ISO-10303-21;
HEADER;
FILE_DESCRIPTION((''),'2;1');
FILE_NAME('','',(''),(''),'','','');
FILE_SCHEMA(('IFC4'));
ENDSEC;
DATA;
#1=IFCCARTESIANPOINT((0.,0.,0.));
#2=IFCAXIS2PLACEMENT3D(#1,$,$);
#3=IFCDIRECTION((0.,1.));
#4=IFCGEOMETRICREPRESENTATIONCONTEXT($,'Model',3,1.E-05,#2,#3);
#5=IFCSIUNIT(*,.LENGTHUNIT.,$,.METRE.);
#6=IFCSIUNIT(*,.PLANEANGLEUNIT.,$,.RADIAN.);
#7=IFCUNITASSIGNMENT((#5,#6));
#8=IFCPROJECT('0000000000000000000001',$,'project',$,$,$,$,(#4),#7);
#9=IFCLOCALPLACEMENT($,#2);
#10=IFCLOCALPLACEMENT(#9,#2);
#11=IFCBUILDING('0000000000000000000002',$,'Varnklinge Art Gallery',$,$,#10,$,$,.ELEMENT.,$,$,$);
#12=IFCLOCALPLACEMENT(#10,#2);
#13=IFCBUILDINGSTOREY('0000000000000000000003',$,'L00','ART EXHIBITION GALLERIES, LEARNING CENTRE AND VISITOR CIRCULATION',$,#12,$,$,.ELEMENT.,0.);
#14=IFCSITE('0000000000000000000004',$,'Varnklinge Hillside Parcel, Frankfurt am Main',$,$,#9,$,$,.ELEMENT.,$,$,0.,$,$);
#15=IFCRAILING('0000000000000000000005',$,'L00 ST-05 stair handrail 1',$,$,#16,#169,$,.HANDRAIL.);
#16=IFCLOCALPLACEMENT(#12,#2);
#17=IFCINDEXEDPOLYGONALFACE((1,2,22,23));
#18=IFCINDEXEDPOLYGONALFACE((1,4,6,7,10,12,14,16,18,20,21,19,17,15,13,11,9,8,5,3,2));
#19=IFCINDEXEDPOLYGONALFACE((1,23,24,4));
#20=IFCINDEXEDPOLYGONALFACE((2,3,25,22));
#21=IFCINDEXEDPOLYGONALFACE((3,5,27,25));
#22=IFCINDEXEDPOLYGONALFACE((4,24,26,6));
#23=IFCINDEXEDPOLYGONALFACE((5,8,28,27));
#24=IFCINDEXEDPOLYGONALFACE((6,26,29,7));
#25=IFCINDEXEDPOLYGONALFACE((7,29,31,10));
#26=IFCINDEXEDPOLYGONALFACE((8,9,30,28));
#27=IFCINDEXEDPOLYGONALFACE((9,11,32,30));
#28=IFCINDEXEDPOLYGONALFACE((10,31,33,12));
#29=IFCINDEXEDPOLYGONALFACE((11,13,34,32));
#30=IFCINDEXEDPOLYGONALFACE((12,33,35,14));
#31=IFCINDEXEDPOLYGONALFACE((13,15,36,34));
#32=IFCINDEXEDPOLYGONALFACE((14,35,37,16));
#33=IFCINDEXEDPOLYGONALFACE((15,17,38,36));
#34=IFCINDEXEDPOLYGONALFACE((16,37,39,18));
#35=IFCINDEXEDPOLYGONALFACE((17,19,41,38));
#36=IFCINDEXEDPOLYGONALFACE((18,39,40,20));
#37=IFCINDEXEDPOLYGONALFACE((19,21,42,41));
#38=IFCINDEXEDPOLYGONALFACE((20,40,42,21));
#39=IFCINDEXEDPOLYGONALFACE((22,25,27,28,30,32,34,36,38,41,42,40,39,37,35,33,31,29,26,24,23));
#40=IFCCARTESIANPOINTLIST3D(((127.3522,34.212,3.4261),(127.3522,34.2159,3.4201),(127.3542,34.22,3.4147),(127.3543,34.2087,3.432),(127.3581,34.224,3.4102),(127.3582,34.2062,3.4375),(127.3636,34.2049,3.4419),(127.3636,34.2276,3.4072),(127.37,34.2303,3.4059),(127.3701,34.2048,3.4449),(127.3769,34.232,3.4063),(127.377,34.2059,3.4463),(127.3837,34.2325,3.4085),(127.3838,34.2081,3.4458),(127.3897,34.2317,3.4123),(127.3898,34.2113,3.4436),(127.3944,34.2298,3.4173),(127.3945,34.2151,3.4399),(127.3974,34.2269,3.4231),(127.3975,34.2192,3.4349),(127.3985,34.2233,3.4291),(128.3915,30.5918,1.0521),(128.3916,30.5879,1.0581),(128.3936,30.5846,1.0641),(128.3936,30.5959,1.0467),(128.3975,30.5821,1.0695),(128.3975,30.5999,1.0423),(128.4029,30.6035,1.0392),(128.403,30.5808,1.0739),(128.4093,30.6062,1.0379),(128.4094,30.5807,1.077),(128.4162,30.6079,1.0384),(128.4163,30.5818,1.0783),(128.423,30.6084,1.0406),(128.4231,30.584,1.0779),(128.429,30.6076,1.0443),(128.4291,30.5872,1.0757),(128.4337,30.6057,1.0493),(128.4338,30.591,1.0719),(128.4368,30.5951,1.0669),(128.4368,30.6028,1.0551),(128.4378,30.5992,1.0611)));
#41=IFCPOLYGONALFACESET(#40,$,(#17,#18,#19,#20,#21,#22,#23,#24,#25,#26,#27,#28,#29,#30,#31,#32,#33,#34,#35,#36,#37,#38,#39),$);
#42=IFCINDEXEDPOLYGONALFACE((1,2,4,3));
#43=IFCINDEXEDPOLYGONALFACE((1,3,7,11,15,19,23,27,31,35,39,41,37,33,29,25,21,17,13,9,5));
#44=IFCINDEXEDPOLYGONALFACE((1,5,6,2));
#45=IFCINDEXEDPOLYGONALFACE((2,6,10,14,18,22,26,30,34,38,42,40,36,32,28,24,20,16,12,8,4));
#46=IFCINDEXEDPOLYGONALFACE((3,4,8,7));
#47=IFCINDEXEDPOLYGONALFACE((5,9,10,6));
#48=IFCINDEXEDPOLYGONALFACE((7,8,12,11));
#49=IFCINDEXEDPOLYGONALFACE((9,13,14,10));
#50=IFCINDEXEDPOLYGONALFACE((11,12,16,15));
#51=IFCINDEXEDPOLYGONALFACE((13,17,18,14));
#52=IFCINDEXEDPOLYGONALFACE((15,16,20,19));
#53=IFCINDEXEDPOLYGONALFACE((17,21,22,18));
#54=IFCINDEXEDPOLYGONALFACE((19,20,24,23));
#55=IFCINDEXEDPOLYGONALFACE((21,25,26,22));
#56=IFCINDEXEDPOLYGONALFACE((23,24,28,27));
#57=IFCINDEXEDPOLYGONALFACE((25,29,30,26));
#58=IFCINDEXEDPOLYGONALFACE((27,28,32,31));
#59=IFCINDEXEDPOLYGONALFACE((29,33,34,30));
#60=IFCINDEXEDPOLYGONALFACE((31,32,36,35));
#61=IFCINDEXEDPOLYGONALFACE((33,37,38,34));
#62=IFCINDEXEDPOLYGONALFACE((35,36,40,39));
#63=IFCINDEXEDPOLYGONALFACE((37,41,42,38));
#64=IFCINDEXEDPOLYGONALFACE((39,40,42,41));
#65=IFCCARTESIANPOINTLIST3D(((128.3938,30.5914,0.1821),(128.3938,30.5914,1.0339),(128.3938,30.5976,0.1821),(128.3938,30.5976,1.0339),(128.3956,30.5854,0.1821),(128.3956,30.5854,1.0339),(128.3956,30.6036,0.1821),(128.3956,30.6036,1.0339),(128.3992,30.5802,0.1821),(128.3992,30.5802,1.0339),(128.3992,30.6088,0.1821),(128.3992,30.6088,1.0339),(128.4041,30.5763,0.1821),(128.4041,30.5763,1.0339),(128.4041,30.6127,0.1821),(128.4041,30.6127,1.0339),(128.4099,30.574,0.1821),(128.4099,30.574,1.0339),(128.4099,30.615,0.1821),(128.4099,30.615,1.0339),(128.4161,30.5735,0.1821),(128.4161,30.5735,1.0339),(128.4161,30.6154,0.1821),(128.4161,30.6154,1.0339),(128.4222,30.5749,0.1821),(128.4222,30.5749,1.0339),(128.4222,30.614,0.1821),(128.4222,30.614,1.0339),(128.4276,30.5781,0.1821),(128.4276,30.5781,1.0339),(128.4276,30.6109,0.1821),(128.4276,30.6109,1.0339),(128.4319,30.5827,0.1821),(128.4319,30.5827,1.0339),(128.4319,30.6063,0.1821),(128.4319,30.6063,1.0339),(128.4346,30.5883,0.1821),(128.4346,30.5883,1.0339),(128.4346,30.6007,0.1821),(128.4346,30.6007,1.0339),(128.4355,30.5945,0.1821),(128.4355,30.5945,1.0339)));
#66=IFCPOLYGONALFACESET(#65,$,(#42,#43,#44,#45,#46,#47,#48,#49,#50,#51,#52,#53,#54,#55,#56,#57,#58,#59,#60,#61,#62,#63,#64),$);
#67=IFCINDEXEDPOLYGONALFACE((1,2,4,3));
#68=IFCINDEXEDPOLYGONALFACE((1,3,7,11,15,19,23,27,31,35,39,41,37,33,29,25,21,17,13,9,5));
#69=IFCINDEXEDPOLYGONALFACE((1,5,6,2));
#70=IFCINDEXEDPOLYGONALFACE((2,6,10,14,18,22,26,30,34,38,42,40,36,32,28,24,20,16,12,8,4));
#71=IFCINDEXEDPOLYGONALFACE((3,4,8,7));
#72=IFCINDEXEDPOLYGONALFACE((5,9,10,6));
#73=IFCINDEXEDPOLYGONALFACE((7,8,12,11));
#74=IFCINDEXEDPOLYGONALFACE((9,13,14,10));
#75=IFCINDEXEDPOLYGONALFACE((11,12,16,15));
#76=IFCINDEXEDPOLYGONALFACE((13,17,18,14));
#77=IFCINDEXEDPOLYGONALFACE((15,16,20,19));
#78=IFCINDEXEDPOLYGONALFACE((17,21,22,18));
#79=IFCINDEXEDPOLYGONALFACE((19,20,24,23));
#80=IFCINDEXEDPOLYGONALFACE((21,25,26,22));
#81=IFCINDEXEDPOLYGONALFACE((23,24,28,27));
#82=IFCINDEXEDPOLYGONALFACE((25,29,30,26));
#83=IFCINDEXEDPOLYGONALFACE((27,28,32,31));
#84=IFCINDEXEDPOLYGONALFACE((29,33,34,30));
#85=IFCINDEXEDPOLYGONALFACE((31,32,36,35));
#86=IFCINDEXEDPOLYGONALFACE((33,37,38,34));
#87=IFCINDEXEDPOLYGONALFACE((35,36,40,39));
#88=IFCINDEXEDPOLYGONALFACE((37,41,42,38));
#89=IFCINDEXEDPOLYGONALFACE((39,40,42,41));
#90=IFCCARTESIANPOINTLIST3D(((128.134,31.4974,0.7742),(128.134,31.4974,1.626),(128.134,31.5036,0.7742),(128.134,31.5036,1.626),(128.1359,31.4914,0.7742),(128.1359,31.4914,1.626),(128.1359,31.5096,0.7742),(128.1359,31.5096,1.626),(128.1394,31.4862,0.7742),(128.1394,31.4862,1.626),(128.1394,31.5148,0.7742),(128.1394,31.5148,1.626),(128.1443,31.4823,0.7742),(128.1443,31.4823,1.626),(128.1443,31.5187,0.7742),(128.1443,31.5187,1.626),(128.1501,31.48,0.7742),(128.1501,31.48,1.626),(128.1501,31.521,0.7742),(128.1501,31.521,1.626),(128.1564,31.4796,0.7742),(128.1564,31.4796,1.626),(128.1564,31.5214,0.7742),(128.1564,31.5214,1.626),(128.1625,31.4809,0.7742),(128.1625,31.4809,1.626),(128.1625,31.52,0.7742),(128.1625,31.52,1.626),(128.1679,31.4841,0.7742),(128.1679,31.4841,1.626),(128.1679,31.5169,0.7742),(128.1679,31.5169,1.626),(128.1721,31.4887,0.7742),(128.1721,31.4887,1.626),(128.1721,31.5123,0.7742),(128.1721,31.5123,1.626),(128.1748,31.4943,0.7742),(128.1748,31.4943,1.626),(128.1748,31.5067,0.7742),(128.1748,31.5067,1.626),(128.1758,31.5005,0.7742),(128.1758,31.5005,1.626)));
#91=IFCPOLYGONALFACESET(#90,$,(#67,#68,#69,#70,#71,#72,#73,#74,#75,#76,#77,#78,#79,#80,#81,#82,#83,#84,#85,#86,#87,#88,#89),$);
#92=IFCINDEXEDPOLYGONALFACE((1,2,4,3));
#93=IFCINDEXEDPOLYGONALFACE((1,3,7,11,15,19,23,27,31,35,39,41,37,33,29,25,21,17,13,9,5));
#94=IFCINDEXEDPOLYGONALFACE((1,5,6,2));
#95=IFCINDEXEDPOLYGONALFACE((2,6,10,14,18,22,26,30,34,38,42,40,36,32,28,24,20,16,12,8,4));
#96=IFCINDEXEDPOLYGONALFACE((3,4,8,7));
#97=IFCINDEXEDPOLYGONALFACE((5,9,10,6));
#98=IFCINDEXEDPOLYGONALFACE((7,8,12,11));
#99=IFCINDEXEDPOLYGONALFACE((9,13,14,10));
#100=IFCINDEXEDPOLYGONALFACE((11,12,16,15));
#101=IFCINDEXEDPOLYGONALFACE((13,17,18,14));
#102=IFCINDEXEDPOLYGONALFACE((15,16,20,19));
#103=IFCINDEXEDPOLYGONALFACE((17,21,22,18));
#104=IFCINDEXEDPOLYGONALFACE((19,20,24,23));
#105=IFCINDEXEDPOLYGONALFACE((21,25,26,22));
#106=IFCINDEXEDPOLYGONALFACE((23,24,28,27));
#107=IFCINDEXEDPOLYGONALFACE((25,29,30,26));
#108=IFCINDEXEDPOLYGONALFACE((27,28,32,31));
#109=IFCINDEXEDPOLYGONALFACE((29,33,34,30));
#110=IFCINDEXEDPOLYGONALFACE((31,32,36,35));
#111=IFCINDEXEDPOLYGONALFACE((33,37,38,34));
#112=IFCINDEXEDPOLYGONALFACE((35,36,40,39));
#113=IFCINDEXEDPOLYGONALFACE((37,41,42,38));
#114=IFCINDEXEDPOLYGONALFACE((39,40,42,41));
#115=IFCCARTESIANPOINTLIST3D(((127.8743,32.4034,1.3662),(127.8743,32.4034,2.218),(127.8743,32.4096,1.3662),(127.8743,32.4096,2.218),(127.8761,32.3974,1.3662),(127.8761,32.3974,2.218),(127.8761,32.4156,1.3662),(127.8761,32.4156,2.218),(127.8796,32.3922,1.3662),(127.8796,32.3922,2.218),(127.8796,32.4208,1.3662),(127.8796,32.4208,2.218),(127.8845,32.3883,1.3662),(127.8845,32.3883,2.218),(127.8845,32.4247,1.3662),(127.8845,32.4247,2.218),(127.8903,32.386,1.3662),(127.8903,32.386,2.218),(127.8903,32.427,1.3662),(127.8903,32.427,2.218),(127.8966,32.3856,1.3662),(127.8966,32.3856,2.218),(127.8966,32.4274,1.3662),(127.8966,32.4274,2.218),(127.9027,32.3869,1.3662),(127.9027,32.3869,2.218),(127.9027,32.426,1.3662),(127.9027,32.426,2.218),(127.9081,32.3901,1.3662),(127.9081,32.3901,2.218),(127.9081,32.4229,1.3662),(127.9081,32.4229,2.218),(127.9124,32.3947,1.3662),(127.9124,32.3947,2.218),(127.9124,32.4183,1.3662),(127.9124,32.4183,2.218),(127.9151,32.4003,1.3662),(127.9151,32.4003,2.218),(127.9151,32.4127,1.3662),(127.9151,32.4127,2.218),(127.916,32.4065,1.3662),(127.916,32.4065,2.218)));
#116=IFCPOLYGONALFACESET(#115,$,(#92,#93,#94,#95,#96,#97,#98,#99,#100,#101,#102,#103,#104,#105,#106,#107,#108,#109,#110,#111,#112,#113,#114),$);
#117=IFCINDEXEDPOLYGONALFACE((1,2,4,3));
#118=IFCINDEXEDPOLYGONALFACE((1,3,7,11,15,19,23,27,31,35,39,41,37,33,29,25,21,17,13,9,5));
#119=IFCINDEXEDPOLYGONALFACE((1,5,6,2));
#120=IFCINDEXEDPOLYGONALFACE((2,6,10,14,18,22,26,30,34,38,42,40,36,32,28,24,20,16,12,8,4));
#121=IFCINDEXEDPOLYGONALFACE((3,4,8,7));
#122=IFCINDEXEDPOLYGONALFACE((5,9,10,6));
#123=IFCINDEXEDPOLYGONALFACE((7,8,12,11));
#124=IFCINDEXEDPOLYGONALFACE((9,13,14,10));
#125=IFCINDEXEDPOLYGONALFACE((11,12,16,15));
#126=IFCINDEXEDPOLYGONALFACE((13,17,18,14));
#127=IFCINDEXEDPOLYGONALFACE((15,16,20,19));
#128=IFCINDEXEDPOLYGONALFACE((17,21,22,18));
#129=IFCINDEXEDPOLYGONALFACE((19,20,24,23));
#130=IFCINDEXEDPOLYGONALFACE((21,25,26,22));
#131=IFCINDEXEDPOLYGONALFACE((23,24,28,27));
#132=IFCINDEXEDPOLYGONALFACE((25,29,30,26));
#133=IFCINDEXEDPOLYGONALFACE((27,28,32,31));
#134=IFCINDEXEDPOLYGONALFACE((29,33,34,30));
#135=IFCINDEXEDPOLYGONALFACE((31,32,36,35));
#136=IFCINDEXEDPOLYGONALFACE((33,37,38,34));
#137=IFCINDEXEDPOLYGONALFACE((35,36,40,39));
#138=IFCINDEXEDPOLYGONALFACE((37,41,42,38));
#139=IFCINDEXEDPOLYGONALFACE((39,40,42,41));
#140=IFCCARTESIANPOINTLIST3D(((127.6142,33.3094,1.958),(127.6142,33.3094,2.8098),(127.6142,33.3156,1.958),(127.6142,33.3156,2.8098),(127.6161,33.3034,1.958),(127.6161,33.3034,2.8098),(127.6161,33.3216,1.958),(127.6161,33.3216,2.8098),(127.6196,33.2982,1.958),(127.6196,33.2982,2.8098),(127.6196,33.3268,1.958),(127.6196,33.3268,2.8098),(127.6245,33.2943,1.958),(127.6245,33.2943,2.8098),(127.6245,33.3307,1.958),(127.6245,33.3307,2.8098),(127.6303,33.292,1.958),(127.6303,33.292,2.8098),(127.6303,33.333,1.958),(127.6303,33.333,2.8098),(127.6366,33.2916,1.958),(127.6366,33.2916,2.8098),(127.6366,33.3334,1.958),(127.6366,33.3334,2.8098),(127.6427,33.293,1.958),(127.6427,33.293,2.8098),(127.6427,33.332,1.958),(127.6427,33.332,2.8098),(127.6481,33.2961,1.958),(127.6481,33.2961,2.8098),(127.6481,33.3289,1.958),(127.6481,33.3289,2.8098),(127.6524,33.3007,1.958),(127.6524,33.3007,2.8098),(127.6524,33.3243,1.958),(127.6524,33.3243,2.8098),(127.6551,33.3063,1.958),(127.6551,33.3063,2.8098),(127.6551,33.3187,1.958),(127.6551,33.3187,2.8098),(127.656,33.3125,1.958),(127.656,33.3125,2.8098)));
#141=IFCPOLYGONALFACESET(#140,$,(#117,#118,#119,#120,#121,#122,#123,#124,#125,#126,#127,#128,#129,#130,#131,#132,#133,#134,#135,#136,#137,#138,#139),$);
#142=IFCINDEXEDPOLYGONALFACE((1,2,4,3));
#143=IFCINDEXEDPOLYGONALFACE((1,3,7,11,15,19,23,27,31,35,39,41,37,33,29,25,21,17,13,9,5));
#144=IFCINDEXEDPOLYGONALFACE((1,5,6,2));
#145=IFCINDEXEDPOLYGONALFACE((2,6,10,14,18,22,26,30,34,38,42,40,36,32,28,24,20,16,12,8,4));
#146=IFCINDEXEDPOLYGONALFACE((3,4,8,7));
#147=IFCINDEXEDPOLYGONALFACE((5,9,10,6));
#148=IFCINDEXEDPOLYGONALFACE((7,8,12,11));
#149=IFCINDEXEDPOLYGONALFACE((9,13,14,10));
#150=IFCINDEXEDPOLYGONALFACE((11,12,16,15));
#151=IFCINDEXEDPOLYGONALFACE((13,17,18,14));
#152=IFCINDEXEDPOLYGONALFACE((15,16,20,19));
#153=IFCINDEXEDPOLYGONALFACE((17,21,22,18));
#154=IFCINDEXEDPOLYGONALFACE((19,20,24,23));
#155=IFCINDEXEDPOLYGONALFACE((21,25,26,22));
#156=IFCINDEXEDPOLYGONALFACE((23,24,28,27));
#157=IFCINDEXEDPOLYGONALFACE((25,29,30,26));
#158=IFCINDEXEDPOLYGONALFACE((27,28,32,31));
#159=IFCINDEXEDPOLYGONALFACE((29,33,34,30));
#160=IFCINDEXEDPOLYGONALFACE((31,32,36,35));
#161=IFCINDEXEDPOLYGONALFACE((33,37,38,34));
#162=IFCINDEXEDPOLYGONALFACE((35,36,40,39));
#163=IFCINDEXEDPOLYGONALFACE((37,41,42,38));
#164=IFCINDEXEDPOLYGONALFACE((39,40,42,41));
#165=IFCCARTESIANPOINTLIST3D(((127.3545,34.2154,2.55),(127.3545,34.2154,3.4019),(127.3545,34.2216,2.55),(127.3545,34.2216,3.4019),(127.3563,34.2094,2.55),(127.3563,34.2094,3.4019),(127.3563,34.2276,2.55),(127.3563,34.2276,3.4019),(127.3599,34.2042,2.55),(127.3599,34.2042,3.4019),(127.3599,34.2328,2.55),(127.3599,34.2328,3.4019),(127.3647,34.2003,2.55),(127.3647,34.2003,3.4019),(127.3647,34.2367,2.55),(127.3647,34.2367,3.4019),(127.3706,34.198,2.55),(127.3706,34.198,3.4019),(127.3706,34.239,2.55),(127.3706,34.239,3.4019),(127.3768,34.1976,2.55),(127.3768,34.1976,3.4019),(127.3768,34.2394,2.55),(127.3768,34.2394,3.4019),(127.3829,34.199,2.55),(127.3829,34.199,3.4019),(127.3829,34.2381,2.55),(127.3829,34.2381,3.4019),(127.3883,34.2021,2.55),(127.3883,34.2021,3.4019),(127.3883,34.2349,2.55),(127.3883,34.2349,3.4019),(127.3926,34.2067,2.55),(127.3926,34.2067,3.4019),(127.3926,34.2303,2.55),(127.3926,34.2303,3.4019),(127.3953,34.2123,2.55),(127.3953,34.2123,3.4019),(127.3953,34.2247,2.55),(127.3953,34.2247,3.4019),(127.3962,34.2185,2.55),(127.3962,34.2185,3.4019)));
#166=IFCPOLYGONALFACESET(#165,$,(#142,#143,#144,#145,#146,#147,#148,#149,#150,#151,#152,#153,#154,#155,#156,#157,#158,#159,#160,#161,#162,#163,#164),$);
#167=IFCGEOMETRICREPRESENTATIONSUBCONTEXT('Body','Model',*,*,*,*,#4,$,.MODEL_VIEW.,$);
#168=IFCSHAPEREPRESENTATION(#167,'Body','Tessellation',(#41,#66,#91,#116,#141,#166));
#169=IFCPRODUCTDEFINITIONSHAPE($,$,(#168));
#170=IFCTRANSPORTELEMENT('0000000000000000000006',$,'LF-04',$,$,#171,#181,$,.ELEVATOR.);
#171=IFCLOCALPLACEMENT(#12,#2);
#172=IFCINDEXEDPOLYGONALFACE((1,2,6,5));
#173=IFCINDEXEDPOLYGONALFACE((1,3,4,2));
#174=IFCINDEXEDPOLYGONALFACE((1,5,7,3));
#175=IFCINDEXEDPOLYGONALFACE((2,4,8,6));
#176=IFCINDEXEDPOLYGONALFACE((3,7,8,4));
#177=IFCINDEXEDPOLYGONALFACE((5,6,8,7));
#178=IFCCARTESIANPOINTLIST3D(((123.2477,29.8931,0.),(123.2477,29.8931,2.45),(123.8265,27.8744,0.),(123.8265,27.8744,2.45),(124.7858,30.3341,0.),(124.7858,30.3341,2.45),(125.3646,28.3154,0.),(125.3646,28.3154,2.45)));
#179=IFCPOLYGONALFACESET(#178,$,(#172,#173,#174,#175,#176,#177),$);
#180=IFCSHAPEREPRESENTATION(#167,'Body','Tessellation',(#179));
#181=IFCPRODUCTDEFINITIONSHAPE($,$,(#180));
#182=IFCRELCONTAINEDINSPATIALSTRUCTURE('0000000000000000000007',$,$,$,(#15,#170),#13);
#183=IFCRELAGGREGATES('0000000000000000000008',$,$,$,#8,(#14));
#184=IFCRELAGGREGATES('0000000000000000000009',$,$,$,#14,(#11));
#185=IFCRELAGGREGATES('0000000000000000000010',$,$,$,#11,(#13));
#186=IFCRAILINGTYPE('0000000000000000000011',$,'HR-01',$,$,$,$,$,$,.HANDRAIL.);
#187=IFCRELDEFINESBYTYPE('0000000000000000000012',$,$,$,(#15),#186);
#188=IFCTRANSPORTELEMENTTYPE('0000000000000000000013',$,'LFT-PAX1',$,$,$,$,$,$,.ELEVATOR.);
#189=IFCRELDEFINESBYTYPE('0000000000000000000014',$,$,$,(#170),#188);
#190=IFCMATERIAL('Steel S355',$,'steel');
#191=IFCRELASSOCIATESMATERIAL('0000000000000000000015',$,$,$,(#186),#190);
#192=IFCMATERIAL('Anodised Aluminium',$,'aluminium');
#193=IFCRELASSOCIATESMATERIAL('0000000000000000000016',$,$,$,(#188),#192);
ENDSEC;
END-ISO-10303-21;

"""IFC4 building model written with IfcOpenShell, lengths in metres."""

from ifc_helpers import new_model, si_unit, direction, frame, origin, origin_2d, place, context, subcontext, project, spatial, rectangle, circle, extrude, material, type_object, element, save


model = new_model("IFC4")

# Units and contexts
model_context = context("Model", 3, precision=1e-05, world=origin(), true_north=direction((0.0, 1.0)))
body_context = subcontext(model_context, "Body", "Model", "MODEL_VIEW")
ifc_project = project(units=[si_unit("LENGTHUNIT", "METRE"), si_unit("PLANEANGLEUNIT", "RADIAN")], contexts=[model_context])

# Site, building, storey
site_placement = place(None, origin())
site = spatial("IfcSite", under=ifc_project, at=site_placement, Name="Varnklinge Hillside Parcel, Frankfurt am Main", CompositionType="ELEMENT", RefElevation=0.0)
building_placement = place(site_placement, origin())
building = spatial("IfcBuilding", under=site, at=building_placement, Name="Varnklinge Art Gallery", CompositionType="ELEMENT")
storey_placement = place(building_placement, origin())
storey = spatial("IfcBuildingStorey", under=building, at=storey_placement, Name="L00", Description="ART EXHIBITION GALLERIES, LEARNING CENTRE AND VISITOR CIRCULATION", CompositionType="ELEMENT", Elevation=0.0)

# Railing
ifc_material_1 = material(Name="Steel S355", Category="steel")
railing_type_1 = type_object("IfcRailingType", Name="HR-01", PredefinedType="HANDRAIL", material=ifc_material_1)
railing_1_placement = place(storey_placement, frame((128.4146, 30.5945, 0.1821)))
element("IfcRailing", 1, at=railing_1_placement, inside=storey, type_object=railing_type_1, Name="L00 ST-05 stair handrail 1", PredefinedType="HANDRAIL", context=body_context, shape_type="SweptSolid", body=[
    extrude(circle(Radius=0.0239, at=origin_2d()), frame((0.0, 0.0, 0.876), z_axis=(-0.233445, 0.814012, 0.531872), x_axis=(-0.961252, -0.27567, 0.0)), (0.0, 0.0, 1.0), 4.4521),
    extrude(circle(Radius=0.021, at=origin_2d()), origin(), (0.0, 0.0, 1.0), 0.8518),
    extrude(circle(Radius=0.021, at=origin_2d()), frame((-0.2598, 0.906, 0.592)), (0.0, 0.0, 1.0), 0.8518),
    extrude(circle(Radius=0.021, at=origin_2d()), frame((-0.5195, 1.812, 1.1841)), (0.0, 0.0, 1.0), 0.8518),
    extrude(circle(Radius=0.021, at=origin_2d()), frame((-0.7795, 2.718, 1.7759)), (0.0, 0.0, 1.0), 0.8518),
    extrude(circle(Radius=0.021, at=origin_2d()), frame((-1.0393, 3.624, 2.3679)), (0.0, 0.0, 1.0), 0.8518),
])

# Transport element
ifc_material_2 = material(Name="Anodised Aluminium", Category="aluminium")
transport_element_type = type_object("IfcTransportElementType", Name="LFT-PAX1", PredefinedType="ELEVATOR", material=ifc_material_2)
transport_element_placement = place(storey_placement, frame((124.3062, 29.1042, 0.0), z_axis=(0.0, 0.0, 1.0), x_axis=(-0.275637, 0.961262, 0.0)))
element("IfcTransportElement", 2, at=transport_element_placement, inside=storey, type_object=transport_element_type, Name="LF-04", PredefinedType="ELEVATOR", context=body_context, shape_type="SweptSolid", body=[
    extrude(rectangle(XDim=2.1001, YDim=1.6001, at=origin_2d()), origin(), (0.0, 0.0, 1.0), 2.45),
])

save(model, "model.ifc")
